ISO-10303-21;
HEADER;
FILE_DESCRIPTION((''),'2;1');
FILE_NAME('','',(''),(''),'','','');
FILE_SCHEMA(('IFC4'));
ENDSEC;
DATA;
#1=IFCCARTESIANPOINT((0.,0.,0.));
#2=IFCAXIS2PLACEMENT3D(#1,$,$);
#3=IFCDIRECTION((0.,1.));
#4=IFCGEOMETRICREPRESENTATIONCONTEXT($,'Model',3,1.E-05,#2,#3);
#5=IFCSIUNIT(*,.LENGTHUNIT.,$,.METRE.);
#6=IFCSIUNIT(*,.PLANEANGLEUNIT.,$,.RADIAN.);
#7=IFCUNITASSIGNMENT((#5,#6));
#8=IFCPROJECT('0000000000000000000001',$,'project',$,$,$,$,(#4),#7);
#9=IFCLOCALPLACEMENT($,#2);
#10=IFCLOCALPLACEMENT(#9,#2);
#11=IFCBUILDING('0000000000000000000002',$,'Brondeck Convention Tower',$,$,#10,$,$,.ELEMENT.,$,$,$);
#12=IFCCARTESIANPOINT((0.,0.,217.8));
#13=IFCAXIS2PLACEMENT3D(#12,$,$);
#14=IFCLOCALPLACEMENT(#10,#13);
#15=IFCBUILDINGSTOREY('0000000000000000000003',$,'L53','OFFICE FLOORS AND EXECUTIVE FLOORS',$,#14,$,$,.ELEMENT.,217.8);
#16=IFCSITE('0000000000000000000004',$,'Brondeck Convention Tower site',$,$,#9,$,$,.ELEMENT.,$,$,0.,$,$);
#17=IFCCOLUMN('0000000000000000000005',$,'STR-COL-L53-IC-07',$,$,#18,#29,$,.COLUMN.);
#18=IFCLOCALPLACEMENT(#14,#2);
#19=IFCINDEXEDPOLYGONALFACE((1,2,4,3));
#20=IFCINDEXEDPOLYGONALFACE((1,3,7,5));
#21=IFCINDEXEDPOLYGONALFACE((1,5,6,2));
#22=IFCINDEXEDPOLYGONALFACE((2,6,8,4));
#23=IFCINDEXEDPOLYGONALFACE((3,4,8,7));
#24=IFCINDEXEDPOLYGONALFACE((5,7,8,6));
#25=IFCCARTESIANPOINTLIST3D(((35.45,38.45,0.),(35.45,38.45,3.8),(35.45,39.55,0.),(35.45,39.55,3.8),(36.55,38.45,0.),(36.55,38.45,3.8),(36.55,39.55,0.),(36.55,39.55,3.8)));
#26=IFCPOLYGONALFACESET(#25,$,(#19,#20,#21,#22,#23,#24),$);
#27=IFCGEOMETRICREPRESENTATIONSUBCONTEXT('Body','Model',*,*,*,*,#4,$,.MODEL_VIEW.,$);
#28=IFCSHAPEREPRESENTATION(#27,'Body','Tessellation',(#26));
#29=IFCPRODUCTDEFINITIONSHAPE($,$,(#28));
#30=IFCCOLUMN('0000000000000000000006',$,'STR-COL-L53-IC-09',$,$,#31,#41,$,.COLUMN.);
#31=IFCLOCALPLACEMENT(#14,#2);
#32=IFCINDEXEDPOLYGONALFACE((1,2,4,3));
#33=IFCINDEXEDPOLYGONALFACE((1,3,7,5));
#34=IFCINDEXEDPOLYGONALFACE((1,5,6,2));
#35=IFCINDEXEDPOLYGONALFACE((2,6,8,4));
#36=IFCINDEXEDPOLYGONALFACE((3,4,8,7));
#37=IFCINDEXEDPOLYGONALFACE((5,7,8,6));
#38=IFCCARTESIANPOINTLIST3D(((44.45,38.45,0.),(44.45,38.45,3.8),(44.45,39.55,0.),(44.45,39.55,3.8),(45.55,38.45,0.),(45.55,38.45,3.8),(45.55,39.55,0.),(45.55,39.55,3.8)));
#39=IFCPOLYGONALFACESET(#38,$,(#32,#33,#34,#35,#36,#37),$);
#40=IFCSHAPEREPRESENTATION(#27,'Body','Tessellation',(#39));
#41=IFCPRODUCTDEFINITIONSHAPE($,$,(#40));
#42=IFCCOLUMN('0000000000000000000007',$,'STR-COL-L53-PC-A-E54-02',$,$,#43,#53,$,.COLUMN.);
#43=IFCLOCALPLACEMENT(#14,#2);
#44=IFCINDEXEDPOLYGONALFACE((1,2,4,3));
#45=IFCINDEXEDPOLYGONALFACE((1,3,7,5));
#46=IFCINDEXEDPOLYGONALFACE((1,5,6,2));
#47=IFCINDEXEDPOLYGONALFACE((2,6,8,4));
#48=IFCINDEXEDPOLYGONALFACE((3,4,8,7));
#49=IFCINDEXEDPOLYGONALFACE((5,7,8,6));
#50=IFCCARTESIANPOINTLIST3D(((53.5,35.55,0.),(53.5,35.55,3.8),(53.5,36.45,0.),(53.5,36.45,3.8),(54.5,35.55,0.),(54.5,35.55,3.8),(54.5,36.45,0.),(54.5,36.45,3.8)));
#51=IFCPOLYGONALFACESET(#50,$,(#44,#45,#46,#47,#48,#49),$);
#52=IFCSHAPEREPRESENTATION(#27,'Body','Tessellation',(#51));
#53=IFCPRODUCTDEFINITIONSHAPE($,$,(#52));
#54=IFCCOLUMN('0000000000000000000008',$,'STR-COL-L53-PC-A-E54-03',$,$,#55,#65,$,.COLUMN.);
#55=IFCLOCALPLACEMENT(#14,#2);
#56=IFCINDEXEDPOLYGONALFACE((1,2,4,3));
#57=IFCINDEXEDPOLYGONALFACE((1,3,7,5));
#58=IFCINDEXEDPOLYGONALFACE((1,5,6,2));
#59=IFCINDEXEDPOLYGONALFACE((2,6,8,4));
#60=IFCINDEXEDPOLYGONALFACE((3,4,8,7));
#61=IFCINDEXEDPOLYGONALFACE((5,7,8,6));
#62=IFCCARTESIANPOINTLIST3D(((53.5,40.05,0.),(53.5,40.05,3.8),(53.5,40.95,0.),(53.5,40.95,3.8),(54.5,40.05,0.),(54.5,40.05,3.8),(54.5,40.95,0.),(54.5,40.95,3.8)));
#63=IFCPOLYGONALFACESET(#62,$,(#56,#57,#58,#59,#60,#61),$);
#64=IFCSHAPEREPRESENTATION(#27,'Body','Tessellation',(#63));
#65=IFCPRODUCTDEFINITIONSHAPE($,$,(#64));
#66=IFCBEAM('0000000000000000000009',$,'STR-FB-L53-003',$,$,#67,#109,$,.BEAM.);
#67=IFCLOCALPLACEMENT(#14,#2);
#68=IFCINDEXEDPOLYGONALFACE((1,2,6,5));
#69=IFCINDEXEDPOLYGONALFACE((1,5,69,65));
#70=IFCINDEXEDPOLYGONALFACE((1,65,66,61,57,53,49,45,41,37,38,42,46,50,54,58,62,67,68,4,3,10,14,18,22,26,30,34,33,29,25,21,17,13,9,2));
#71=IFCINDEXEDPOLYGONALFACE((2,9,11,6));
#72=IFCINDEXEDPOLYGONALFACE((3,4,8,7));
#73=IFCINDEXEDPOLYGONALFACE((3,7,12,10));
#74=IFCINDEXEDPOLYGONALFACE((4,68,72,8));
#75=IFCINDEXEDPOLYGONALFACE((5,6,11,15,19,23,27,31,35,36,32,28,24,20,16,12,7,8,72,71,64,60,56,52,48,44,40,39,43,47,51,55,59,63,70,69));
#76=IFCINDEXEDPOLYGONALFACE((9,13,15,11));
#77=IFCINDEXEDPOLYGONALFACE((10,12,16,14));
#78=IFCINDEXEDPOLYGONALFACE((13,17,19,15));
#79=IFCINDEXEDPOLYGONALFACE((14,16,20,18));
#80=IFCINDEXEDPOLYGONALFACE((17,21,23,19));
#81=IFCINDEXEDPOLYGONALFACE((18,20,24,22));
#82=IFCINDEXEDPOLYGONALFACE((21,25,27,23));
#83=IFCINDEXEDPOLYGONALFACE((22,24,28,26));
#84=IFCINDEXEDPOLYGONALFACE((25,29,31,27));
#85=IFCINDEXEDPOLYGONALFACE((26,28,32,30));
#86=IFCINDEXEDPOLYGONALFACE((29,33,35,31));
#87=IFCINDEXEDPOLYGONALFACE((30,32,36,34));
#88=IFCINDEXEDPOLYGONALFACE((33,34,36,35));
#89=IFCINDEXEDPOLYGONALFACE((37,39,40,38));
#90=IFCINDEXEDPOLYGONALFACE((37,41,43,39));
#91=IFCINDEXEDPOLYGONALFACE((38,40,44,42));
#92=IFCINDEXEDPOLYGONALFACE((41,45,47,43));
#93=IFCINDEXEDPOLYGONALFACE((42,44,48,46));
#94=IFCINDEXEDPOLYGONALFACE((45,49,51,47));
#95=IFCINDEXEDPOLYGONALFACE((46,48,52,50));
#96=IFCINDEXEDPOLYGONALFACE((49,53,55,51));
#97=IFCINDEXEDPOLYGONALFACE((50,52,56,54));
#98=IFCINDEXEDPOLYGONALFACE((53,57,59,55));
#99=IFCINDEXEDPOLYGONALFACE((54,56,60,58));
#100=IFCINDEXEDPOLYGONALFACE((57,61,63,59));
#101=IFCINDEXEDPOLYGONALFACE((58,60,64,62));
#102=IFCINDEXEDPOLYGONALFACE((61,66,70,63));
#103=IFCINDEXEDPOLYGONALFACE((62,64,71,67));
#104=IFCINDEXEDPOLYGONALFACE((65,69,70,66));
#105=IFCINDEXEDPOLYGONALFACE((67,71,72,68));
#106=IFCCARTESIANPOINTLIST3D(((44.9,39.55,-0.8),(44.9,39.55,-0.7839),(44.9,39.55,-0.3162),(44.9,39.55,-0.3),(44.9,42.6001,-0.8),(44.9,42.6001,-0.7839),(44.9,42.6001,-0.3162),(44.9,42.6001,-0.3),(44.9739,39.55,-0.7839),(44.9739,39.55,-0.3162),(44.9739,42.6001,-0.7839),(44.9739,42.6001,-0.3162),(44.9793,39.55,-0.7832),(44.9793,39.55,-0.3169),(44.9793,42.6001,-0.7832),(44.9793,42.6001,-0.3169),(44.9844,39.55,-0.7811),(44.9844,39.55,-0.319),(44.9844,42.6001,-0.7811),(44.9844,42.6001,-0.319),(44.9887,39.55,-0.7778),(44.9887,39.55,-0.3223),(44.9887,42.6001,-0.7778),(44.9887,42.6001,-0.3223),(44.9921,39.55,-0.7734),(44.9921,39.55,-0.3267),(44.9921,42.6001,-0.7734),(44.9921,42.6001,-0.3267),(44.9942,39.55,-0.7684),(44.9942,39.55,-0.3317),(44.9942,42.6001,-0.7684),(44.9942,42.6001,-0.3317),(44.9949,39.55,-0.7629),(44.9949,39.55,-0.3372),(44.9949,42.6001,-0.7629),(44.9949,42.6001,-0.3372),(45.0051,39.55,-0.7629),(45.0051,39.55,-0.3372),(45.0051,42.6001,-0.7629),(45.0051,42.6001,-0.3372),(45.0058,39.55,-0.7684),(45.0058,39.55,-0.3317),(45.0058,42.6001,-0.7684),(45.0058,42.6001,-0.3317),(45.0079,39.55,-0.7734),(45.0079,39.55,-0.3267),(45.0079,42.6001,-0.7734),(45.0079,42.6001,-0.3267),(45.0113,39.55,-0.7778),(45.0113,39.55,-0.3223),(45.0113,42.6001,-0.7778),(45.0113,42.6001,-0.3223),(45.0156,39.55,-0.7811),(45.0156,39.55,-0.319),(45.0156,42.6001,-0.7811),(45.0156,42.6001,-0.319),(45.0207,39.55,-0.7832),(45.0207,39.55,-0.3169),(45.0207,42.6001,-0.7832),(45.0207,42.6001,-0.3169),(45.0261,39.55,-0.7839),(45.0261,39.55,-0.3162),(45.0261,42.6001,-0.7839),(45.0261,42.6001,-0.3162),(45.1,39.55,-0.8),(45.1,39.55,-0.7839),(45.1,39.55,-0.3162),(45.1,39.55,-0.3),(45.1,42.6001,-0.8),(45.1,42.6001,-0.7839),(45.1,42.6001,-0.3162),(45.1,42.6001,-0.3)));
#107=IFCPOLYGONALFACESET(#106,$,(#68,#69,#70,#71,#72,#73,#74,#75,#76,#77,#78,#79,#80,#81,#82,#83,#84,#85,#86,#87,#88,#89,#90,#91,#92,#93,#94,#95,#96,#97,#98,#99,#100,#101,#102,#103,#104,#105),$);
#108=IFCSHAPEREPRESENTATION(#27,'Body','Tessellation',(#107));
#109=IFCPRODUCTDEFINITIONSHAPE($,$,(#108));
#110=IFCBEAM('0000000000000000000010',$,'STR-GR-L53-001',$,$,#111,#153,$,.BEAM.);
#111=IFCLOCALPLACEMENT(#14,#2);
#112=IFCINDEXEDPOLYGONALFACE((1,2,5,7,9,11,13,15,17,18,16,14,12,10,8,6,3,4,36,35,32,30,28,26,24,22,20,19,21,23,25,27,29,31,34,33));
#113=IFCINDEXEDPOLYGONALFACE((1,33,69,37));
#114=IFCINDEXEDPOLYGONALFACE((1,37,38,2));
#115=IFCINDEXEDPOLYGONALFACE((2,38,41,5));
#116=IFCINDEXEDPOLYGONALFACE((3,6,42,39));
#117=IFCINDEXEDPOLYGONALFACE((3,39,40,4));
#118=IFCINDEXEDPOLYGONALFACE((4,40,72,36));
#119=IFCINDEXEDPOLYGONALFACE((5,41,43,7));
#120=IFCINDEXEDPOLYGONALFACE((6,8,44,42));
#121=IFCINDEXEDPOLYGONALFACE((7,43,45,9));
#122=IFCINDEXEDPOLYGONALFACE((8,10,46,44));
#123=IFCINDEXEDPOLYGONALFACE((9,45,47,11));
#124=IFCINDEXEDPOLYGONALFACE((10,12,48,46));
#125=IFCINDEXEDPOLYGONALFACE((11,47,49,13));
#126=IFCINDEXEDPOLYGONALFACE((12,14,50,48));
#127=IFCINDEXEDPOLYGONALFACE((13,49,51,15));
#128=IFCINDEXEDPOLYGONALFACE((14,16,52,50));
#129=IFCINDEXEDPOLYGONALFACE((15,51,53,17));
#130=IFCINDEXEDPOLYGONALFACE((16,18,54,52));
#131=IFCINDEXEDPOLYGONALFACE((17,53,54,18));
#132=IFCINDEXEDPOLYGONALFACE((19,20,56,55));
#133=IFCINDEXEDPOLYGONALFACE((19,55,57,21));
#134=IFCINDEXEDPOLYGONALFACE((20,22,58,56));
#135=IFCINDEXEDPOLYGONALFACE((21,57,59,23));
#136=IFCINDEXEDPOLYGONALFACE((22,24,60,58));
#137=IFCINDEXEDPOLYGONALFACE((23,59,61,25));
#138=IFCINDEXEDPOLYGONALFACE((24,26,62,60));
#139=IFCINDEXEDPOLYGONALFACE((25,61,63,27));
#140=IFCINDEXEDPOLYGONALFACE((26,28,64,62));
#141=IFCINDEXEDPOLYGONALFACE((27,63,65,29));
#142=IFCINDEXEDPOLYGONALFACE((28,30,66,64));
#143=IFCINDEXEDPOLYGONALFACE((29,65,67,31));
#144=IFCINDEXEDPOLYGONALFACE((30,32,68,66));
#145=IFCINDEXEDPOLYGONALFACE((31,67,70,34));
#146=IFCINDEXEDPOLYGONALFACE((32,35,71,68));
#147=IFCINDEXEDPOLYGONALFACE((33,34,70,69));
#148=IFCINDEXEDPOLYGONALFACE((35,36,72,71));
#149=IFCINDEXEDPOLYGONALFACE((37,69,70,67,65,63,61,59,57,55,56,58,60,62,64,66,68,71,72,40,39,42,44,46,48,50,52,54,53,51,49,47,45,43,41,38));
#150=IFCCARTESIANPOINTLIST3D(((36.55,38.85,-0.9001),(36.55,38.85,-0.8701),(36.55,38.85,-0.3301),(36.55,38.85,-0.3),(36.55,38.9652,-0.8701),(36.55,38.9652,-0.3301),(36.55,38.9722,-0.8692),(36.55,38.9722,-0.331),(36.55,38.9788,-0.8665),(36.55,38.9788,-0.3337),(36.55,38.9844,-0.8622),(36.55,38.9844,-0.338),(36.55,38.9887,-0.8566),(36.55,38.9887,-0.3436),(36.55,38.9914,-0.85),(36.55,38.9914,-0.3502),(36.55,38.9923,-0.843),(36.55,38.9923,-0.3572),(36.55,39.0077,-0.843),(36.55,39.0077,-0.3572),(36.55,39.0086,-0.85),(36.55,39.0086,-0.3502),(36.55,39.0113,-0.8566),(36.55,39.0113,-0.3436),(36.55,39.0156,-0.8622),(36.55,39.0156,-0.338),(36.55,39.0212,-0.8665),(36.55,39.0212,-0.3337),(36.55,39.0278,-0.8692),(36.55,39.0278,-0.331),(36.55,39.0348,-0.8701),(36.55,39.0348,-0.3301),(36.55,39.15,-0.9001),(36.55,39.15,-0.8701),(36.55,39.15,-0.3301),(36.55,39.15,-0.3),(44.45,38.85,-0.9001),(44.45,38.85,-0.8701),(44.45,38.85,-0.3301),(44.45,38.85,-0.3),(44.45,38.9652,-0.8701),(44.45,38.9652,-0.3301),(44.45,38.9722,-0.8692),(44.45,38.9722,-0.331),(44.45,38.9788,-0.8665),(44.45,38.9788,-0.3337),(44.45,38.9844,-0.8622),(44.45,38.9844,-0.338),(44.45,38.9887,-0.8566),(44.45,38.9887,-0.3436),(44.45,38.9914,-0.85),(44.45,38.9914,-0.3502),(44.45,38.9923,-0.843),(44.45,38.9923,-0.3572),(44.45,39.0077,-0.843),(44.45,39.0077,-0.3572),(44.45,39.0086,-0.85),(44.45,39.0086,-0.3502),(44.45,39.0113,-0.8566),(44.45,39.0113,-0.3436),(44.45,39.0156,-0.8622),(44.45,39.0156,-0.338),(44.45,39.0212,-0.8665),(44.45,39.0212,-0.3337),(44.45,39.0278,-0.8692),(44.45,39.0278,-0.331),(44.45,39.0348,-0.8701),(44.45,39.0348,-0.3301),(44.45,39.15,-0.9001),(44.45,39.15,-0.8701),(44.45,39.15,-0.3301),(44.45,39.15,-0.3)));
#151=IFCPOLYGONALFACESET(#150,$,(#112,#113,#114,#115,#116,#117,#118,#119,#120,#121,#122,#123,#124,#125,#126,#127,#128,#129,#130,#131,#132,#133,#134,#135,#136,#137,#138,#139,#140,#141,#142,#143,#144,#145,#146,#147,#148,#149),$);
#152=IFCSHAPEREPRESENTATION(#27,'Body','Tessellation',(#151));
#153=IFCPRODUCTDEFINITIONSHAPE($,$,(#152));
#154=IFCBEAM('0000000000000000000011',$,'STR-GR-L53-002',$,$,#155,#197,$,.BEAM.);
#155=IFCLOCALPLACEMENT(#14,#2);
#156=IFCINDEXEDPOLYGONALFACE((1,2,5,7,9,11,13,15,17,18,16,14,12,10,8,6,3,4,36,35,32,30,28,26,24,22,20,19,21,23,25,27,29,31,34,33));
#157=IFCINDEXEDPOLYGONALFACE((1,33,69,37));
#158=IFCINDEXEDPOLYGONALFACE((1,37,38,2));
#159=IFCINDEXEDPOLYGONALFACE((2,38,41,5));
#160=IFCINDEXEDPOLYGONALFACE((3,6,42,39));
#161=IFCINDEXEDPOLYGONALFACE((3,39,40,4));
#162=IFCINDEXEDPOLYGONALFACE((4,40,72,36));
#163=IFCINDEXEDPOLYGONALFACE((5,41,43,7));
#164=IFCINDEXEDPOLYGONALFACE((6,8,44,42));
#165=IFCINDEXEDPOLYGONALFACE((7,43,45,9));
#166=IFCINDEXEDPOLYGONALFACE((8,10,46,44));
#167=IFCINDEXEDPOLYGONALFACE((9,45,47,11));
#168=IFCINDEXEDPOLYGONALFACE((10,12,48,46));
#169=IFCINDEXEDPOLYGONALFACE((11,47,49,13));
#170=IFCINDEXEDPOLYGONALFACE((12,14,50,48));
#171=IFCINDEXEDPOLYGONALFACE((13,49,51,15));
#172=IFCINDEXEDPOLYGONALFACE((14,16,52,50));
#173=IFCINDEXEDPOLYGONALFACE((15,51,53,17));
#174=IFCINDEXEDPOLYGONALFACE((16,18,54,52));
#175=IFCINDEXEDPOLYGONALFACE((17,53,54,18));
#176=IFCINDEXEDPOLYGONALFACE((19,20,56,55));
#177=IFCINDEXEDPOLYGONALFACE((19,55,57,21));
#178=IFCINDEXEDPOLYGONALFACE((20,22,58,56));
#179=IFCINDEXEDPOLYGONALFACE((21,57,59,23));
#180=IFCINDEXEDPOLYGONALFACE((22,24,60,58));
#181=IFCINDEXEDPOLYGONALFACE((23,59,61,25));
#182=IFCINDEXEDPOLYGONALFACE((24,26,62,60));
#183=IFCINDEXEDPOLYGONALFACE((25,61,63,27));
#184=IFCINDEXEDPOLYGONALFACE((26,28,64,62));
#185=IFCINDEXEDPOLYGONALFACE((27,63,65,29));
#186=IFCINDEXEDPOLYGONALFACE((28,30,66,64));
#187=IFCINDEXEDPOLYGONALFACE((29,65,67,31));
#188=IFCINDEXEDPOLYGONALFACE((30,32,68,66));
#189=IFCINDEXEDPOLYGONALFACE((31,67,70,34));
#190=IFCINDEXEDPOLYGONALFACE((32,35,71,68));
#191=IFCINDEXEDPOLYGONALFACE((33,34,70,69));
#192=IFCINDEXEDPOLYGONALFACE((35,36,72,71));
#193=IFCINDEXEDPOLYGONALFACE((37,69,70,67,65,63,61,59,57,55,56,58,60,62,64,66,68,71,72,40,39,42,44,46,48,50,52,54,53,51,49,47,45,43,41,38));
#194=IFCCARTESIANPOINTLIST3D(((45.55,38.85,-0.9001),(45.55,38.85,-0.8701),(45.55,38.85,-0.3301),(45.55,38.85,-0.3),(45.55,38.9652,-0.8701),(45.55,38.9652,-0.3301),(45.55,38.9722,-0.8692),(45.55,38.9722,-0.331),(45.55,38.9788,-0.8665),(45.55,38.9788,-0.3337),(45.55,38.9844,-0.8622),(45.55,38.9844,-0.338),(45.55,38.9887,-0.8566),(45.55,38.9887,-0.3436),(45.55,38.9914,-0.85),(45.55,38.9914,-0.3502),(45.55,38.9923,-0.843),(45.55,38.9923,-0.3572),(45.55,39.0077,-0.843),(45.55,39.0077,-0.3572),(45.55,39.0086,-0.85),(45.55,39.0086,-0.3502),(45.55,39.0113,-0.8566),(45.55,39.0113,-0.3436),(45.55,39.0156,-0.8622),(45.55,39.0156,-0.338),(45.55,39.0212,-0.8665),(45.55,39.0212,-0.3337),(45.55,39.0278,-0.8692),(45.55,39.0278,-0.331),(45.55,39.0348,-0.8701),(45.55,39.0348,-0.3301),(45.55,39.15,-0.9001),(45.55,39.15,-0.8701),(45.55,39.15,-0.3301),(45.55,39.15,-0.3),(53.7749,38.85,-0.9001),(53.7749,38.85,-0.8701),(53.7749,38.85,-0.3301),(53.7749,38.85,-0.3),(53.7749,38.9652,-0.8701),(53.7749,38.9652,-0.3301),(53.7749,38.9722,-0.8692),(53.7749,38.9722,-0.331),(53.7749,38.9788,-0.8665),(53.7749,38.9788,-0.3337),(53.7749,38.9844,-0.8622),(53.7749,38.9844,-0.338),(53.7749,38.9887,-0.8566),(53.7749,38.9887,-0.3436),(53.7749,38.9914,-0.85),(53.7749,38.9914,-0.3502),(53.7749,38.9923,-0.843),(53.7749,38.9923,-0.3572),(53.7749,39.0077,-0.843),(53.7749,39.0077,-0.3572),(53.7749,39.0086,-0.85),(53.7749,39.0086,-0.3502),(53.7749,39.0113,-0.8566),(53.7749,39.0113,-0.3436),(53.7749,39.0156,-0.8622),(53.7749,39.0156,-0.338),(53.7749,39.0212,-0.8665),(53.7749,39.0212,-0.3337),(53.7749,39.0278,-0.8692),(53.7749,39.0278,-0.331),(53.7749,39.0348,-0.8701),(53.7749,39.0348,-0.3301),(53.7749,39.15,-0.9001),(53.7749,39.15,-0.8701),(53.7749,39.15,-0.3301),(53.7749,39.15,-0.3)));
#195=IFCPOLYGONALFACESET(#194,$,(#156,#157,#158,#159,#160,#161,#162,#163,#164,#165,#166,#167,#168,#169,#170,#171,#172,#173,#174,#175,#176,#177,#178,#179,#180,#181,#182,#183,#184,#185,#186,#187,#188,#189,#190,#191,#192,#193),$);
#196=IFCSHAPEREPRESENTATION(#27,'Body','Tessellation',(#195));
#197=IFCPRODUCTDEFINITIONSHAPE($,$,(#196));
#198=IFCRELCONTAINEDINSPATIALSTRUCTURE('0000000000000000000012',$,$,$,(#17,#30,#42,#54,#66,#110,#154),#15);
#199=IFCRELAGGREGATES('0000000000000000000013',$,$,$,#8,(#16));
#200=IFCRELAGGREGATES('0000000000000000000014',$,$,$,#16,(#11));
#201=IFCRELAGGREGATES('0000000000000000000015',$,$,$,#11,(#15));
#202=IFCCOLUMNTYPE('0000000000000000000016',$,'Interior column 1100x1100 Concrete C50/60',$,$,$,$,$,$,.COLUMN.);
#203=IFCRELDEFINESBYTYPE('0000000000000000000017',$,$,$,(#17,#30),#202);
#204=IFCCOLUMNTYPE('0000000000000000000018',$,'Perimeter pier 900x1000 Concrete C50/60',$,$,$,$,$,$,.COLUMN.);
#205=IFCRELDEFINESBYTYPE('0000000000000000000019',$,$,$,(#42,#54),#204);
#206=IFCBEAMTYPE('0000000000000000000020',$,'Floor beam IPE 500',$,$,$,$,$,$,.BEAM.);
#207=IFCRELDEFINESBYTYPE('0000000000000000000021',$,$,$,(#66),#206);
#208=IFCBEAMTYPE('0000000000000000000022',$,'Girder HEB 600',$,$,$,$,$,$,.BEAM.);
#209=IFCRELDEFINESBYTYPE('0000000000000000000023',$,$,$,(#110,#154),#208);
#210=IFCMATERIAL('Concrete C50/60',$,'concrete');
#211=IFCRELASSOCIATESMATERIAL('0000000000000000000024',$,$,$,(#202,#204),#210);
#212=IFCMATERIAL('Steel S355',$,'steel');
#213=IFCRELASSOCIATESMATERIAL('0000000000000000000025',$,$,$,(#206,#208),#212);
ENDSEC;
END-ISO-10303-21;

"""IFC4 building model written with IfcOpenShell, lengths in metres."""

from ifc_helpers import new_model, si_unit, direction, frame, origin, origin_2d, place, context, subcontext, project, spatial, rectangle, i_section, extrude, material, material_profile, profile_set, type_object, element, save


model = new_model("IFC4")

# Units and contexts
model_context = context("Model", 3, precision=1e-05, world=origin(), true_north=direction((0.0, 1.0)))
body_context = subcontext(model_context, "Body", "Model", "MODEL_VIEW")
ifc_project = project(units=[si_unit("LENGTHUNIT", "METRE"), si_unit("PLANEANGLEUNIT", "RADIAN")], contexts=[model_context])

# Site, building, storey
site_placement = place(None, origin())
site = spatial("IfcSite", under=ifc_project, at=site_placement, Name="Brondeck Convention Tower site", CompositionType="ELEMENT", RefElevation=0.0)
building_placement = place(site_placement, origin())
building = spatial("IfcBuilding", under=site, at=building_placement, Name="Brondeck Convention Tower", CompositionType="ELEMENT")
storey_placement = place(building_placement, frame((0.0, 0.0, 217.8)))
storey = spatial("IfcBuildingStorey", under=building, at=storey_placement, Name="L53", Description="OFFICE FLOORS AND EXECUTIVE FLOORS", CompositionType="ELEMENT", Elevation=217.8)

# Columns
ifc_material_1 = material(Name="Concrete C50/60", Category="concrete")
ifc_material_profile_1 = material_profile(ifc_material_1, rectangle(XDim=1.1001, YDim=1.1001, at=origin_2d()), Name="Interior column 1100x1100 Concrete C50/60")
ifc_profile_set_1 = profile_set([ifc_material_profile_1], Name="Concrete C50/60")
column_type_1 = type_object("IfcColumnType", Name="Interior column 1100x1100 Concrete C50/60", PredefinedType="COLUMN", material=ifc_profile_set_1)
for number, where, z_axis, x_axis, name in (
    (1, (36.0, 39.0, 0.0), (0.0, 0.0, 1.0), (1.0, 0.0, 0.0), "STR-COL-L53-IC-07"),
    (2, (45.0, 39.0, 0.0), (0.0, 0.0, 1.0), (1.0, 0.0, 0.0), "STR-COL-L53-IC-09"),
):
    element("IfcColumn", number, at=place(storey_placement, frame(where, z_axis=z_axis, x_axis=x_axis)), inside=storey, type_object=column_type_1, Name=name, PredefinedType="COLUMN", context=body_context, shape_type="SweptSolid", body=[
        extrude(rectangle(XDim=1.1001, YDim=1.1001, at=origin_2d()), origin(), (0.0, 0.0, 1.0), 3.8),
    ])
ifc_material_profile_2 = material_profile(ifc_material_1, rectangle(XDim=0.8999, YDim=1.0, at=origin_2d()), Name="Perimeter pier 900x1000 Concrete C50/60")
ifc_profile_set_2 = profile_set([ifc_material_profile_2], Name="Concrete C50/60")
column_type_2 = type_object("IfcColumnType", Name="Perimeter pier 900x1000 Concrete C50/60", PredefinedType="COLUMN", material=ifc_profile_set_2)
for number, where, z_axis, x_axis, name in (
    (3, (54.0, 36.0, 0.0), (0.0, 0.0, 1.0), (0.0, 1.0, 0.0), "STR-COL-L53-PC-A-E54-02"),
    (4, (54.0, 40.5, 0.0), (0.0, 0.0, 1.0), (0.0, 1.0, 0.0), "STR-COL-L53-PC-A-E54-03"),
):
    element("IfcColumn", number, at=place(storey_placement, frame(where, z_axis=z_axis, x_axis=x_axis)), inside=storey, type_object=column_type_2, Name=name, PredefinedType="COLUMN", context=body_context, shape_type="SweptSolid", body=[
        extrude(rectangle(XDim=0.8999, YDim=1.0, at=origin_2d()), origin(), (0.0, 0.0, 1.0), 3.8),
    ])

# Beams
ifc_material_2 = material(Name="Steel S355", Category="steel")
ifc_material_profile_3 = material_profile(ifc_material_2, i_section(OverallWidth=0.2, OverallDepth=0.5, WebThickness=0.0103, FlangeThickness=0.0161, FilletRadius=0.021, at=origin_2d()), Name="IPE 500")
ifc_profile_set_3 = profile_set([ifc_material_profile_3], Name="Steel S355")
beam_type_1 = type_object("IfcBeamType", Name="Floor beam IPE 500", PredefinedType="BEAM", material=ifc_profile_set_3)
beam_1_placement = place(storey_placement, frame((45.0, 39.55, -0.55), z_axis=(0.0, 1.0, 0.0), x_axis=(-1.0, 0.0, 0.0)))
element("IfcBeam", 5, at=beam_1_placement, inside=storey, type_object=beam_type_1, Name="STR-FB-L53-003", PredefinedType="BEAM", context=body_context, shape_type="SweptSolid", body=[
    extrude(i_section(OverallWidth=0.2, OverallDepth=0.5, WebThickness=0.0103, FlangeThickness=0.0161, FilletRadius=0.021, at=origin_2d()), origin(), (0.0, 0.0, 1.0), 3.05),
])
ifc_material_profile_4 = material_profile(ifc_material_2, i_section(OverallWidth=0.3, OverallDepth=0.6001, WebThickness=0.0154, FlangeThickness=0.03, FilletRadius=0.0271, at=origin_2d()), Name="HEB 600")
ifc_profile_set_4 = profile_set([ifc_material_profile_4], Name="Steel S355")
beam_type_2 = type_object("IfcBeamType", Name="Girder HEB 600", PredefinedType="BEAM", material=ifc_profile_set_4)
beam_2_placement = place(storey_placement, frame((36.55, 39.0, -0.6001), z_axis=(1.0, 0.0, 0.0), x_axis=(0.0, 1.0, 0.0)))
element("IfcBeam", 6, at=beam_2_placement, inside=storey, type_object=beam_type_2, Name="STR-GR-L53-001", PredefinedType="BEAM", context=body_context, shape_type="SweptSolid", body=[
    extrude(i_section(OverallWidth=0.3, OverallDepth=0.6001, WebThickness=0.0154, FlangeThickness=0.03, FilletRadius=0.0271, at=origin_2d()), origin(), (0.0, 0.0, 1.0), 7.8999),
])
beam_3_placement = place(storey_placement, frame((45.55, 39.0, -0.6001), z_axis=(1.0, 0.0, 0.0), x_axis=(0.0, 1.0, 0.0)))
element("IfcBeam", 7, at=beam_3_placement, inside=storey, type_object=beam_type_2, Name="STR-GR-L53-002", PredefinedType="BEAM", context=body_context, shape_type="SweptSolid", body=[
    extrude(i_section(OverallWidth=0.3, OverallDepth=0.6001, WebThickness=0.0154, FlangeThickness=0.03, FilletRadius=0.0271, at=origin_2d()), origin(), (0.0, 0.0, 1.0), 8.2249),
])

save(model, "model.ifc")
